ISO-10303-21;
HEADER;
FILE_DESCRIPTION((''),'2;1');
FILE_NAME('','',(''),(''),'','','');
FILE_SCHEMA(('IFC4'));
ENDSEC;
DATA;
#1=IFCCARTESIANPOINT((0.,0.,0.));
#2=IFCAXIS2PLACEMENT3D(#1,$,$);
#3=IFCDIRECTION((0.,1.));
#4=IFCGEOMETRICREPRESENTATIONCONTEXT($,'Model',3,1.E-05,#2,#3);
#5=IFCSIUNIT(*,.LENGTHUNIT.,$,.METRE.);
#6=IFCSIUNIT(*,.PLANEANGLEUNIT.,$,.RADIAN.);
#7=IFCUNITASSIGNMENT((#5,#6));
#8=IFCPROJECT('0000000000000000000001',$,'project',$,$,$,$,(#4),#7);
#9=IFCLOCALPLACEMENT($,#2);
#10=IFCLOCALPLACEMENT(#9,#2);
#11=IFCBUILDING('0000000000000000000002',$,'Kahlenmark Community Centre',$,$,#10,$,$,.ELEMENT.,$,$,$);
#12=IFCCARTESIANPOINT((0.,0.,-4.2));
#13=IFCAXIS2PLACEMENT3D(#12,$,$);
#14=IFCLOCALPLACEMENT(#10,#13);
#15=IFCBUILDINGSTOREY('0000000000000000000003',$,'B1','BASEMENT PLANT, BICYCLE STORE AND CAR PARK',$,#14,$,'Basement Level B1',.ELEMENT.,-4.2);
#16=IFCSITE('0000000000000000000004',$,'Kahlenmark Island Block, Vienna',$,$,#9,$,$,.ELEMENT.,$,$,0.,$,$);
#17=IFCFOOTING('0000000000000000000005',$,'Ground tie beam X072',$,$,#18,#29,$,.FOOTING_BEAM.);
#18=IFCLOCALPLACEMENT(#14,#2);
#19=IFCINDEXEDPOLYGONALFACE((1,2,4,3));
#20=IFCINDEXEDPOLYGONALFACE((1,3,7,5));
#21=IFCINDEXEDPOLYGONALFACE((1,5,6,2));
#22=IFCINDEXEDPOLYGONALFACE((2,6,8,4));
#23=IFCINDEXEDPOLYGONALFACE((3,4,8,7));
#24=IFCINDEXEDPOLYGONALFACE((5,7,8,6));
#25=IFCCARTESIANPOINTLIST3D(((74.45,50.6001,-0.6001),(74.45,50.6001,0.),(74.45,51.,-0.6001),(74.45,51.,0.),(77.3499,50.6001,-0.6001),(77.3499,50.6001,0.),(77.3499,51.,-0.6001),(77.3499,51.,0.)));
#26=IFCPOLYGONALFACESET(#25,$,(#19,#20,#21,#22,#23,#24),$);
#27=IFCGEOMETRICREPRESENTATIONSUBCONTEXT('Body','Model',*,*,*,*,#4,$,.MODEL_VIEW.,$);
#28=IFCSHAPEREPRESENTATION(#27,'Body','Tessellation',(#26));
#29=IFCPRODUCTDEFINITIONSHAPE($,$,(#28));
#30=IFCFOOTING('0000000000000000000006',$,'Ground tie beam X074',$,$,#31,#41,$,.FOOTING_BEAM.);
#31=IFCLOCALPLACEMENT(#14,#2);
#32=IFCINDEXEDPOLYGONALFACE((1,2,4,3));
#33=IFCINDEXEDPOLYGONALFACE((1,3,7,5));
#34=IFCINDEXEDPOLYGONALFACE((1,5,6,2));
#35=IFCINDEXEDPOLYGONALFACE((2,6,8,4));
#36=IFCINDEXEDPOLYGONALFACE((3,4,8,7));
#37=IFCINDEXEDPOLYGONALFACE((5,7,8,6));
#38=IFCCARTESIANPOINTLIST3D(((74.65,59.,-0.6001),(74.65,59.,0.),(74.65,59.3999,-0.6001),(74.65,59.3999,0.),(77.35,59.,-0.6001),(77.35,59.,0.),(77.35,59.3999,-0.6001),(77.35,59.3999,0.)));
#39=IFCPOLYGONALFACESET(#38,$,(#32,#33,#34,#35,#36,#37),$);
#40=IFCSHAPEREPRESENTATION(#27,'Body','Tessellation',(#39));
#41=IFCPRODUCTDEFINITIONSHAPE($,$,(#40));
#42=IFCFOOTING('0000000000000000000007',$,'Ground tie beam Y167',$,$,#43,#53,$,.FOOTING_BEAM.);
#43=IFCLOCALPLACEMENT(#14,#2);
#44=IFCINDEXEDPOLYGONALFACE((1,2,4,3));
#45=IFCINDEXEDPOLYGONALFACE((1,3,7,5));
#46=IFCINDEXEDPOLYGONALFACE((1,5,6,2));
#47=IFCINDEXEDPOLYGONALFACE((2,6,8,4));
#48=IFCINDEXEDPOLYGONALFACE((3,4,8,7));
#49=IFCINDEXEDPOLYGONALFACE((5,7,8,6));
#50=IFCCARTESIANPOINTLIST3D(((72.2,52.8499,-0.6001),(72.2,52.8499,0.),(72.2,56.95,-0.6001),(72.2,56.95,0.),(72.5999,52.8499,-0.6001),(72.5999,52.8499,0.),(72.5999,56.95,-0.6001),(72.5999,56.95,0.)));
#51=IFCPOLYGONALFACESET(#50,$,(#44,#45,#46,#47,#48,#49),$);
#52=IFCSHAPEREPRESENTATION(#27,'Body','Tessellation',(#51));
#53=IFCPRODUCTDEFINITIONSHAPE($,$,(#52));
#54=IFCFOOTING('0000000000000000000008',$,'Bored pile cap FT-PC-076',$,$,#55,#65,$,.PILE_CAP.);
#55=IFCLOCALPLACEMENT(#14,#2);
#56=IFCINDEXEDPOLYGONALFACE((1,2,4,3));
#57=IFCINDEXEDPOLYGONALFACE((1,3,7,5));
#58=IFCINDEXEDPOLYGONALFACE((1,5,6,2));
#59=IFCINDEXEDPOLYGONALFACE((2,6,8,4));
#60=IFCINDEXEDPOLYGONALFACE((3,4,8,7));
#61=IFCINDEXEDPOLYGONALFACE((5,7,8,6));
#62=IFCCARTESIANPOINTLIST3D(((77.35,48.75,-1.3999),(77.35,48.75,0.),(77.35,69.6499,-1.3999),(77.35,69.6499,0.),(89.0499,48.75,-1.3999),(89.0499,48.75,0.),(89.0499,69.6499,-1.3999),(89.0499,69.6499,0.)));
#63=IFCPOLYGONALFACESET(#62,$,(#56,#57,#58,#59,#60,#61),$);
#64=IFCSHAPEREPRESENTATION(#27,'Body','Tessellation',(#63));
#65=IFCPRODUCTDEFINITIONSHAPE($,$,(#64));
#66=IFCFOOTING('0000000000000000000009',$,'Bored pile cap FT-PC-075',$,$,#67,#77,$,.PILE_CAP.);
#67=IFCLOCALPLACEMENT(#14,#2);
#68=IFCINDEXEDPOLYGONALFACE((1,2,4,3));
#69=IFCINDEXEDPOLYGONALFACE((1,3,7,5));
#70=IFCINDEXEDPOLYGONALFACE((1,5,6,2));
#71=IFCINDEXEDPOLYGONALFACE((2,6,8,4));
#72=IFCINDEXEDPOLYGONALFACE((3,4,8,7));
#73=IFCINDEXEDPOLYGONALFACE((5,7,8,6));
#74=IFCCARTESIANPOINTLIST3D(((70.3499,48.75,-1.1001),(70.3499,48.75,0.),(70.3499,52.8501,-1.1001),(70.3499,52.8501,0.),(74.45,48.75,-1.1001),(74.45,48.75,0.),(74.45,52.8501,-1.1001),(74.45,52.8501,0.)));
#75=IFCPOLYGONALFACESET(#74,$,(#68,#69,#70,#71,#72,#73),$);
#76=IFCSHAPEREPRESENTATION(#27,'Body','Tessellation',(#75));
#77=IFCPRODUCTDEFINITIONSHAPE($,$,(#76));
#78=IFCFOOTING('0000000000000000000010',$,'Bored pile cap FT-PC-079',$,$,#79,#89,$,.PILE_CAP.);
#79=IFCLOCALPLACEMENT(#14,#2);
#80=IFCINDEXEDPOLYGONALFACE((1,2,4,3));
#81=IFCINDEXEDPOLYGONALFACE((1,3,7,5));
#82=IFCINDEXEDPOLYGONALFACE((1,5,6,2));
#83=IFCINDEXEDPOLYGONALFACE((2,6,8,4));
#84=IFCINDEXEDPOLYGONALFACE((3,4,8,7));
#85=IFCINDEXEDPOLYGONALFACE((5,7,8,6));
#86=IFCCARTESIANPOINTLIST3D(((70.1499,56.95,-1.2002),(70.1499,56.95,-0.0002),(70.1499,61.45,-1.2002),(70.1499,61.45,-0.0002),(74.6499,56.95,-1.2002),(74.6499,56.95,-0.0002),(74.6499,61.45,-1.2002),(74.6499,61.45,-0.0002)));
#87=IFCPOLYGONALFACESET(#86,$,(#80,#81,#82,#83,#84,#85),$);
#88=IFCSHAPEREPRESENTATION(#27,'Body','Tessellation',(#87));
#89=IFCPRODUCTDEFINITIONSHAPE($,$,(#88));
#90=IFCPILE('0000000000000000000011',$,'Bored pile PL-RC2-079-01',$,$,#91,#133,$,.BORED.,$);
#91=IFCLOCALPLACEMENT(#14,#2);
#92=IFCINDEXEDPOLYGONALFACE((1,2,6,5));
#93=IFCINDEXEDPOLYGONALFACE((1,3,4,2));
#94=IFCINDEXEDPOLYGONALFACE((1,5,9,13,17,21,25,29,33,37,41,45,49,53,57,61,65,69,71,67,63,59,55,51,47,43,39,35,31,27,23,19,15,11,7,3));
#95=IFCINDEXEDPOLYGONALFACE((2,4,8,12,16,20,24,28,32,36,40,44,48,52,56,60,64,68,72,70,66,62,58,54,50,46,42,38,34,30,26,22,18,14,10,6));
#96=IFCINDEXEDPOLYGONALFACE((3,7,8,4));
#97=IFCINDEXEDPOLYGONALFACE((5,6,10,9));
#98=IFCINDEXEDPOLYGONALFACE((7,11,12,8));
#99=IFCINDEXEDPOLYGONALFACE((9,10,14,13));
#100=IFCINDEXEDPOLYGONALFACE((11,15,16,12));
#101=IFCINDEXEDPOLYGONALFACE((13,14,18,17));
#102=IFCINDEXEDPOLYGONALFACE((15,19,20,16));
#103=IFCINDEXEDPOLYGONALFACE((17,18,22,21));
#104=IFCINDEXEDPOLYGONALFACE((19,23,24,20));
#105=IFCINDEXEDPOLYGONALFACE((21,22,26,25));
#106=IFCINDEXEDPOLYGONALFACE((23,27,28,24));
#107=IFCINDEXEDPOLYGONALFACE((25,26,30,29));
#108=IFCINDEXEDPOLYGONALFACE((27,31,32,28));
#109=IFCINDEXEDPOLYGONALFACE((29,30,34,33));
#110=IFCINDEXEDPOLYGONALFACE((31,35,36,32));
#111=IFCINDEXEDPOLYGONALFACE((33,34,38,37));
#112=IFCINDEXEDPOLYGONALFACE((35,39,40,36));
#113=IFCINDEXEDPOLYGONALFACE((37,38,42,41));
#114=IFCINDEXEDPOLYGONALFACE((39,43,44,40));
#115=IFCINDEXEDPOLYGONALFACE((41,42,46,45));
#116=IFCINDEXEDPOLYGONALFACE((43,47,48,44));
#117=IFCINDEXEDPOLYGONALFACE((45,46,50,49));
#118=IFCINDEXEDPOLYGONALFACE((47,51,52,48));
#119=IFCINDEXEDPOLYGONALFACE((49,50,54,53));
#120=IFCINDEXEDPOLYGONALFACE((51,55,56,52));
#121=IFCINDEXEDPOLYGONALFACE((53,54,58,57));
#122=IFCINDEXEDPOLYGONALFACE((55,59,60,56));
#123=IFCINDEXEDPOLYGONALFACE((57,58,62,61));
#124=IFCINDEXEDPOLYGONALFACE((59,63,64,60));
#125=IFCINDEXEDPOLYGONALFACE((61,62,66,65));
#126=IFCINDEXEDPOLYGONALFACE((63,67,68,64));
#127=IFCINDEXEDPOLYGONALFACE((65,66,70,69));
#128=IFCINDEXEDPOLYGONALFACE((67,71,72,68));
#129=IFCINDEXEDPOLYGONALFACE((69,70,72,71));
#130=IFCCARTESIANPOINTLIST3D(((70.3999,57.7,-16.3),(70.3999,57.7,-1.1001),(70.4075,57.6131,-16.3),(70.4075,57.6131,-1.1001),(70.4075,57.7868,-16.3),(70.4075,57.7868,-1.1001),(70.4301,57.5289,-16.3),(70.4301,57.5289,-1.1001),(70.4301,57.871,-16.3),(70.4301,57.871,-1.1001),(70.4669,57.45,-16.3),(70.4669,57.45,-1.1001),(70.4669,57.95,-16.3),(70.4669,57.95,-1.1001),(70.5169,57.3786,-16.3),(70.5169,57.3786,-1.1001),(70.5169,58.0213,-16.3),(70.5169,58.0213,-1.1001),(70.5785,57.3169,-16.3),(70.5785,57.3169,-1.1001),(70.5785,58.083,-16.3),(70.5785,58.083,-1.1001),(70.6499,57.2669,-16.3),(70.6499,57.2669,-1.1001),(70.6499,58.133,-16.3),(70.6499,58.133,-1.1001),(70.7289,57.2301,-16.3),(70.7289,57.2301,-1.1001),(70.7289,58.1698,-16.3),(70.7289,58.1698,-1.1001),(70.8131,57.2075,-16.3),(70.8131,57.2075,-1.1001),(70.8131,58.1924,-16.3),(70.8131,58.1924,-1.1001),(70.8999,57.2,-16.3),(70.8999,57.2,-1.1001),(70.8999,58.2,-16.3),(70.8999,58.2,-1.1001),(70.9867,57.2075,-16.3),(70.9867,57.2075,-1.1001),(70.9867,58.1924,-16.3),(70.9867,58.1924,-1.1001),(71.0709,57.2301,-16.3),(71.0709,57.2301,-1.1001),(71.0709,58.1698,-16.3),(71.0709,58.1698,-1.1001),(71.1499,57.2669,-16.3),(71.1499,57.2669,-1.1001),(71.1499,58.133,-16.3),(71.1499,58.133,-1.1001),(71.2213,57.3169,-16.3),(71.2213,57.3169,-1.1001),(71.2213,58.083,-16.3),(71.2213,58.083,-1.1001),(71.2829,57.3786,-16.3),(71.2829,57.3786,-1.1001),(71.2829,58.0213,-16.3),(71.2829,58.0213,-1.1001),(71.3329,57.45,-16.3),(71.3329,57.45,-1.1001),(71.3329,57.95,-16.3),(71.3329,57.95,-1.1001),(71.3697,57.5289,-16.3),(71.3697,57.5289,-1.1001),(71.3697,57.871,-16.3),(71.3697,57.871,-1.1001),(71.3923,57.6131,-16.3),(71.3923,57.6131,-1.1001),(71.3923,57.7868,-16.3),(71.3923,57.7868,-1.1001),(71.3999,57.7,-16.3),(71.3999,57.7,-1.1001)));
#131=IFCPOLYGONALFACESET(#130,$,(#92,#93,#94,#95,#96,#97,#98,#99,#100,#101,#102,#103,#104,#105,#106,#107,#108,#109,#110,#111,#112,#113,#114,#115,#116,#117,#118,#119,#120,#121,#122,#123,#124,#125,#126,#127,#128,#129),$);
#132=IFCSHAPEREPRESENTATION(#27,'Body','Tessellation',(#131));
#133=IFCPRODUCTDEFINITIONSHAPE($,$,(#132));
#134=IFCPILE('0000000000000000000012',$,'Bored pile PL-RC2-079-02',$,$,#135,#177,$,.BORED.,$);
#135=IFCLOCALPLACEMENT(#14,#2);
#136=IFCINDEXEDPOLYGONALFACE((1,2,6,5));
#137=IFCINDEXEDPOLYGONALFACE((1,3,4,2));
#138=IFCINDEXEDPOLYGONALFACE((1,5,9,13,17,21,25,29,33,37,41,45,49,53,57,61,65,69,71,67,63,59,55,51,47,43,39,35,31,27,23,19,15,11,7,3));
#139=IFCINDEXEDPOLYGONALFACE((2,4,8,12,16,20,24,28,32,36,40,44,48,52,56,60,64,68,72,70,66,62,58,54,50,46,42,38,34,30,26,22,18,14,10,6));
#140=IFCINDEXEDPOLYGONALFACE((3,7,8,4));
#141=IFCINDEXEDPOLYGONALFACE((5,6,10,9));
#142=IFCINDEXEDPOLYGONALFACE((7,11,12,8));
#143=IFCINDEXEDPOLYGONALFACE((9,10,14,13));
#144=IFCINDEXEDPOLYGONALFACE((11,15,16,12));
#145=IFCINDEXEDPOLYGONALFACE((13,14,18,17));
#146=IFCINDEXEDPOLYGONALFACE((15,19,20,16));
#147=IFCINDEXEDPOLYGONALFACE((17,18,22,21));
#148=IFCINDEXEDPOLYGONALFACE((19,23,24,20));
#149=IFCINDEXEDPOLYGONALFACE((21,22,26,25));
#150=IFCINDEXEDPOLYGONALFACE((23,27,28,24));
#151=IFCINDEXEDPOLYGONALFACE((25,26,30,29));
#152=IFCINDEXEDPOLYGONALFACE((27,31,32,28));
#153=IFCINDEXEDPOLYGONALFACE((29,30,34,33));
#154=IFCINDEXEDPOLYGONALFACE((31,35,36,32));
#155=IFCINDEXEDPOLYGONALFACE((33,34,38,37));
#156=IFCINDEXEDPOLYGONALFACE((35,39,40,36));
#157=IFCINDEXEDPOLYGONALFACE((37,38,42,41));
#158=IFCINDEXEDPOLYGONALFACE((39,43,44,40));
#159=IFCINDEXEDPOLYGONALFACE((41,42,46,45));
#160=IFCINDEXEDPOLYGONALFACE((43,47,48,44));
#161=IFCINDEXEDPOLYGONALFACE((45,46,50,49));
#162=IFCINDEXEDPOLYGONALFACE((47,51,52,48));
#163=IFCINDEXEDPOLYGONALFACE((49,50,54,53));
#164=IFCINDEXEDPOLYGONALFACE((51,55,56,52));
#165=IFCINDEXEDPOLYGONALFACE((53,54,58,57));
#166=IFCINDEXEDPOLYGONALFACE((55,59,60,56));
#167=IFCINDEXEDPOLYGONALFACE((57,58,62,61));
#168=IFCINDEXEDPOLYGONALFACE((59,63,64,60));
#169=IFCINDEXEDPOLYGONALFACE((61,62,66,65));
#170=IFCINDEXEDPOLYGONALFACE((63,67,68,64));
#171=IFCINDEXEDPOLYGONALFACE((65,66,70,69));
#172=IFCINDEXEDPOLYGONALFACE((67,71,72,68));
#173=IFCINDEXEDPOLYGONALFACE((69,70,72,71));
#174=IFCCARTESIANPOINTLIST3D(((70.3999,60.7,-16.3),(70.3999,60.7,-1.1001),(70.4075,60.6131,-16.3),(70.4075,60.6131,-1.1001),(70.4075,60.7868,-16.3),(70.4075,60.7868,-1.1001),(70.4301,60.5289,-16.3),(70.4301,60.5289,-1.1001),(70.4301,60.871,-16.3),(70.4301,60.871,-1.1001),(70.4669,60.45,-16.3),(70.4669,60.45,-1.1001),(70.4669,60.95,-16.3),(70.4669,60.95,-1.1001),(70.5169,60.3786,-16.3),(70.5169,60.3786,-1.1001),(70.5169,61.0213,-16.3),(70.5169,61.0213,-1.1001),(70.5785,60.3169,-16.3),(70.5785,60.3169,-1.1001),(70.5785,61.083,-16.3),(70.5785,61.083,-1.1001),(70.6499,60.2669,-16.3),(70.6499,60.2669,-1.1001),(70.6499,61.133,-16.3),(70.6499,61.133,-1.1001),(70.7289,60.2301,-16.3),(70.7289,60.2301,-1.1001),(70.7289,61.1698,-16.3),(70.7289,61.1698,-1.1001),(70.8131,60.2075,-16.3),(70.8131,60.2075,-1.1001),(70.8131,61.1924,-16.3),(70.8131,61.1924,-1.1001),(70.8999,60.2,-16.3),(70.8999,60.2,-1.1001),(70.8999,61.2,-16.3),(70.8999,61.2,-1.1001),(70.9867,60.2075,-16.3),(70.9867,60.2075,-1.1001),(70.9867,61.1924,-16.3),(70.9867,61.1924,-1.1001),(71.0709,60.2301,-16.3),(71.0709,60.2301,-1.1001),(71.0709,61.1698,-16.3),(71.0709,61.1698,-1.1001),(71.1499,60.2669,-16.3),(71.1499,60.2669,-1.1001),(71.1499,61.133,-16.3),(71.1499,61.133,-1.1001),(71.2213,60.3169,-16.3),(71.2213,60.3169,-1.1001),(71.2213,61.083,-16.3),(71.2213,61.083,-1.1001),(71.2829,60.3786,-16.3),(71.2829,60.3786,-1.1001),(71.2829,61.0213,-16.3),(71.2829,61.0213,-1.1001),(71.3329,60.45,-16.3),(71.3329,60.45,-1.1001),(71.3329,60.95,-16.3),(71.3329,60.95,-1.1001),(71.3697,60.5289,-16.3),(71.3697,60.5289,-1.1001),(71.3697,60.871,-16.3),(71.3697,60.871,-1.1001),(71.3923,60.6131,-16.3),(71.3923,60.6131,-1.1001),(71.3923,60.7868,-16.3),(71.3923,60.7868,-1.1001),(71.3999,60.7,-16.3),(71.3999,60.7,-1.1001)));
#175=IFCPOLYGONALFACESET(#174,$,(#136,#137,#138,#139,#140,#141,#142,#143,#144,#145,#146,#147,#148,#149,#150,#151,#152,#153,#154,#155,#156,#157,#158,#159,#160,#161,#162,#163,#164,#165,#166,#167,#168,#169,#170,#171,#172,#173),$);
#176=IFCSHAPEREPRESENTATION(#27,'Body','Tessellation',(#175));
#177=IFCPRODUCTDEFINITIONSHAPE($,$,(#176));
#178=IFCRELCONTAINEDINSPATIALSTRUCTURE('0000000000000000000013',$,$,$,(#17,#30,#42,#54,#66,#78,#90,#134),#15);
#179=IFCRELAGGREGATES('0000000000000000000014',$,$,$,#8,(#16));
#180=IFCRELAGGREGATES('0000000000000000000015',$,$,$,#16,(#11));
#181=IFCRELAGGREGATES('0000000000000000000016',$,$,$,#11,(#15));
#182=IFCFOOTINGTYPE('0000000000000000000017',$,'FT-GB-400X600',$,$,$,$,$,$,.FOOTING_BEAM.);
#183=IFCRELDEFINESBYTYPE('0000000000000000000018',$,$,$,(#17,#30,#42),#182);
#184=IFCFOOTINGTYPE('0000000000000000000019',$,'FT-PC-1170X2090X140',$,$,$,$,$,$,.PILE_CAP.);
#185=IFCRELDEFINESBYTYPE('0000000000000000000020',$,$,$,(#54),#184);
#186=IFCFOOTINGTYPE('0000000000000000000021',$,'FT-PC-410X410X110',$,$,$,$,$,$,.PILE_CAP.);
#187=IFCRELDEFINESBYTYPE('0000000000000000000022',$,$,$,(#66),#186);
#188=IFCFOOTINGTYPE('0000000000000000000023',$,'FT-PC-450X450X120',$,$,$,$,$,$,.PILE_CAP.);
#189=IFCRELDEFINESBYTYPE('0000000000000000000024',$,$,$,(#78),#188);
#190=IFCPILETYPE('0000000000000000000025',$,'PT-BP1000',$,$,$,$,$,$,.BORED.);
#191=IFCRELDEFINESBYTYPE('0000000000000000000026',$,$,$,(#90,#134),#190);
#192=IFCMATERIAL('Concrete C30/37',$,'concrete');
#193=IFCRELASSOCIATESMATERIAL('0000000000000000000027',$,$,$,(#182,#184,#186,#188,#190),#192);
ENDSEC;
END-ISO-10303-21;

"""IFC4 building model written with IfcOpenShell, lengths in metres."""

from ifc_helpers import new_model, si_unit, direction, frame, origin, origin_2d, place, context, subcontext, project, spatial, rectangle, circle, extrude, material, material_profile, profile_set, type_object, element, save


model = new_model("IFC4")

# Units and contexts
model_context = context("Model", 3, precision=1e-05, world=origin(), true_north=direction((0.0, 1.0)))
body_context = subcontext(model_context, "Body", "Model", "MODEL_VIEW")
ifc_project = project(units=[si_unit("LENGTHUNIT", "METRE"), si_unit("PLANEANGLEUNIT", "RADIAN")], contexts=[model_context])

# Site, building, storey
site_placement = place(None, origin())
site = spatial("IfcSite", under=ifc_project, at=site_placement, Name="Kahlenmark Island Block, Vienna", CompositionType="ELEMENT", RefElevation=0.0)
building_placement = place(site_placement, origin())
building = spatial("IfcBuilding", under=site, at=building_placement, Name="Kahlenmark Community Centre", CompositionType="ELEMENT")
storey_placement = place(building_placement, frame((0.0, 0.0, -4.2)))
storey = spatial("IfcBuildingStorey", under=building, at=storey_placement, Name="B1", Description="BASEMENT PLANT, BICYCLE STORE AND CAR PARK", LongName="Basement Level B1", CompositionType="ELEMENT", Elevation=-4.2)

# Footings
ifc_material_1 = material(Name="Concrete C30/37", Category="concrete")
footing_type_1 = type_object("IfcFootingType", Name="FT-GB-400X600", PredefinedType="FOOTING_BEAM", material=ifc_material_1)
footing_1_placement = place(storey_placement, frame((75.8999, 50.8, -0.6001), z_axis=(0.0, 0.0, 1.0), x_axis=(1.0, 0.0, 0.0)))
element("IfcFooting", 1, at=footing_1_placement, inside=storey, type_object=footing_type_1, Name="Ground tie beam X072", PredefinedType="FOOTING_BEAM", context=body_context, shape_type="SweptSolid", body=[
    extrude(rectangle(XDim=2.8999, YDim=0.3999, at=origin_2d()), origin(), (0.0, 0.0, 1.0), 0.6001),
])
footing_2_placement = place(storey_placement, frame((76.0, 59.2, -0.6001), z_axis=(0.0, 0.0, 1.0), x_axis=(1.0, 0.0, 0.0)))
element("IfcFooting", 2, at=footing_2_placement, inside=storey, type_object=footing_type_1, Name="Ground tie beam X074", PredefinedType="FOOTING_BEAM", context=body_context, shape_type="SweptSolid", body=[
    extrude(rectangle(XDim=2.7, YDim=0.3999, at=origin_2d()), origin(), (0.0, 0.0, 1.0), 0.6001),
])
footing_3_placement = place(storey_placement, frame((72.3999, 54.8999, -0.6001), z_axis=(0.0, 0.0, 1.0), x_axis=(1.0, 0.0, 0.0)))
element("IfcFooting", 3, at=footing_3_placement, inside=storey, type_object=footing_type_1, Name="Ground tie beam Y167", PredefinedType="FOOTING_BEAM", context=body_context, shape_type="SweptSolid", body=[
    extrude(rectangle(XDim=0.3999, YDim=4.1001, at=origin_2d()), origin(), (0.0, 0.0, 1.0), 0.6001),
])
footing_type_2 = type_object("IfcFootingType", Name="FT-PC-1170X2090X140", PredefinedType="PILE_CAP", material=ifc_material_1)
footing_4_placement = place(storey_placement, frame((83.2, 59.2, -1.3999), z_axis=(0.0, 0.0, 1.0), x_axis=(1.0, 0.0, 0.0)))
element("IfcFooting", 4, at=footing_4_placement, inside=storey, type_object=footing_type_2, Name="Bored pile cap FT-PC-076", PredefinedType="PILE_CAP", context=body_context, shape_type="SweptSolid", body=[
    extrude(rectangle(XDim=11.7, YDim=20.8999, at=origin_2d()), origin(), (0.0, 0.0, 1.0), 1.3999),
])
footing_type_3 = type_object("IfcFootingType", Name="FT-PC-410X410X110", PredefinedType="PILE_CAP", material=ifc_material_1)
footing_5_placement = place(storey_placement, frame((72.3999, 50.8, -1.1001), z_axis=(0.0, 0.0, 1.0), x_axis=(1.0, 0.0, 0.0)))
element("IfcFooting", 5, at=footing_5_placement, inside=storey, type_object=footing_type_3, Name="Bored pile cap FT-PC-075", PredefinedType="PILE_CAP", context=body_context, shape_type="SweptSolid", body=[
    extrude(rectangle(XDim=4.1001, YDim=4.1001, at=origin_2d()), origin(), (0.0, 0.0, 1.0), 1.1001),
])
footing_type_4 = type_object("IfcFootingType", Name="FT-PC-450X450X120", PredefinedType="PILE_CAP", material=ifc_material_1)
footing_6_placement = place(storey_placement, frame((72.3999, 59.2, -1.2002), z_axis=(0.0, 0.0, 1.0), x_axis=(1.0, 0.0, 0.0)))
element("IfcFooting", 6, at=footing_6_placement, inside=storey, type_object=footing_type_4, Name="Bored pile cap FT-PC-079", PredefinedType="PILE_CAP", context=body_context, shape_type="SweptSolid", body=[
    extrude(rectangle(XDim=4.5, YDim=4.5, at=origin_2d()), origin(), (0.0, 0.0, 1.0), 1.2),
])

# Piles
ifc_material_profile_1 = material_profile(ifc_material_1, circle(Radius=0.5, at=origin_2d()), Name="BORED PILE 1000")
ifc_profile_set_1 = profile_set([ifc_material_profile_1], Name="Concrete C30/37")
pile_type_1 = type_object("IfcPileType", Name="PT-BP1000", PredefinedType="BORED", material=ifc_profile_set_1)
for number, where, z_axis, x_axis, name in (
    (7, (70.8999, 57.7, -1.1001), (0.0, 0.0, -1.0), (1.0, 0.0, 0.0), "Bored pile PL-RC2-079-01"),
    (8, (70.8999, 60.7, -1.1001), (0.0, 0.0, -1.0), (1.0, 0.0, 0.0), "Bored pile PL-RC2-079-02"),
):
    element("IfcPile", number, at=place(storey_placement, frame(where, z_axis=z_axis, x_axis=x_axis)), inside=storey, type_object=pile_type_1, Name=name, PredefinedType="BORED", context=body_context, shape_type="SweptSolid", body=[
        extrude(circle(Radius=0.5, at=origin_2d()), origin(), (0.0, 0.0, 1.0), 15.2),
    ])

save(model, "model.ifc")
